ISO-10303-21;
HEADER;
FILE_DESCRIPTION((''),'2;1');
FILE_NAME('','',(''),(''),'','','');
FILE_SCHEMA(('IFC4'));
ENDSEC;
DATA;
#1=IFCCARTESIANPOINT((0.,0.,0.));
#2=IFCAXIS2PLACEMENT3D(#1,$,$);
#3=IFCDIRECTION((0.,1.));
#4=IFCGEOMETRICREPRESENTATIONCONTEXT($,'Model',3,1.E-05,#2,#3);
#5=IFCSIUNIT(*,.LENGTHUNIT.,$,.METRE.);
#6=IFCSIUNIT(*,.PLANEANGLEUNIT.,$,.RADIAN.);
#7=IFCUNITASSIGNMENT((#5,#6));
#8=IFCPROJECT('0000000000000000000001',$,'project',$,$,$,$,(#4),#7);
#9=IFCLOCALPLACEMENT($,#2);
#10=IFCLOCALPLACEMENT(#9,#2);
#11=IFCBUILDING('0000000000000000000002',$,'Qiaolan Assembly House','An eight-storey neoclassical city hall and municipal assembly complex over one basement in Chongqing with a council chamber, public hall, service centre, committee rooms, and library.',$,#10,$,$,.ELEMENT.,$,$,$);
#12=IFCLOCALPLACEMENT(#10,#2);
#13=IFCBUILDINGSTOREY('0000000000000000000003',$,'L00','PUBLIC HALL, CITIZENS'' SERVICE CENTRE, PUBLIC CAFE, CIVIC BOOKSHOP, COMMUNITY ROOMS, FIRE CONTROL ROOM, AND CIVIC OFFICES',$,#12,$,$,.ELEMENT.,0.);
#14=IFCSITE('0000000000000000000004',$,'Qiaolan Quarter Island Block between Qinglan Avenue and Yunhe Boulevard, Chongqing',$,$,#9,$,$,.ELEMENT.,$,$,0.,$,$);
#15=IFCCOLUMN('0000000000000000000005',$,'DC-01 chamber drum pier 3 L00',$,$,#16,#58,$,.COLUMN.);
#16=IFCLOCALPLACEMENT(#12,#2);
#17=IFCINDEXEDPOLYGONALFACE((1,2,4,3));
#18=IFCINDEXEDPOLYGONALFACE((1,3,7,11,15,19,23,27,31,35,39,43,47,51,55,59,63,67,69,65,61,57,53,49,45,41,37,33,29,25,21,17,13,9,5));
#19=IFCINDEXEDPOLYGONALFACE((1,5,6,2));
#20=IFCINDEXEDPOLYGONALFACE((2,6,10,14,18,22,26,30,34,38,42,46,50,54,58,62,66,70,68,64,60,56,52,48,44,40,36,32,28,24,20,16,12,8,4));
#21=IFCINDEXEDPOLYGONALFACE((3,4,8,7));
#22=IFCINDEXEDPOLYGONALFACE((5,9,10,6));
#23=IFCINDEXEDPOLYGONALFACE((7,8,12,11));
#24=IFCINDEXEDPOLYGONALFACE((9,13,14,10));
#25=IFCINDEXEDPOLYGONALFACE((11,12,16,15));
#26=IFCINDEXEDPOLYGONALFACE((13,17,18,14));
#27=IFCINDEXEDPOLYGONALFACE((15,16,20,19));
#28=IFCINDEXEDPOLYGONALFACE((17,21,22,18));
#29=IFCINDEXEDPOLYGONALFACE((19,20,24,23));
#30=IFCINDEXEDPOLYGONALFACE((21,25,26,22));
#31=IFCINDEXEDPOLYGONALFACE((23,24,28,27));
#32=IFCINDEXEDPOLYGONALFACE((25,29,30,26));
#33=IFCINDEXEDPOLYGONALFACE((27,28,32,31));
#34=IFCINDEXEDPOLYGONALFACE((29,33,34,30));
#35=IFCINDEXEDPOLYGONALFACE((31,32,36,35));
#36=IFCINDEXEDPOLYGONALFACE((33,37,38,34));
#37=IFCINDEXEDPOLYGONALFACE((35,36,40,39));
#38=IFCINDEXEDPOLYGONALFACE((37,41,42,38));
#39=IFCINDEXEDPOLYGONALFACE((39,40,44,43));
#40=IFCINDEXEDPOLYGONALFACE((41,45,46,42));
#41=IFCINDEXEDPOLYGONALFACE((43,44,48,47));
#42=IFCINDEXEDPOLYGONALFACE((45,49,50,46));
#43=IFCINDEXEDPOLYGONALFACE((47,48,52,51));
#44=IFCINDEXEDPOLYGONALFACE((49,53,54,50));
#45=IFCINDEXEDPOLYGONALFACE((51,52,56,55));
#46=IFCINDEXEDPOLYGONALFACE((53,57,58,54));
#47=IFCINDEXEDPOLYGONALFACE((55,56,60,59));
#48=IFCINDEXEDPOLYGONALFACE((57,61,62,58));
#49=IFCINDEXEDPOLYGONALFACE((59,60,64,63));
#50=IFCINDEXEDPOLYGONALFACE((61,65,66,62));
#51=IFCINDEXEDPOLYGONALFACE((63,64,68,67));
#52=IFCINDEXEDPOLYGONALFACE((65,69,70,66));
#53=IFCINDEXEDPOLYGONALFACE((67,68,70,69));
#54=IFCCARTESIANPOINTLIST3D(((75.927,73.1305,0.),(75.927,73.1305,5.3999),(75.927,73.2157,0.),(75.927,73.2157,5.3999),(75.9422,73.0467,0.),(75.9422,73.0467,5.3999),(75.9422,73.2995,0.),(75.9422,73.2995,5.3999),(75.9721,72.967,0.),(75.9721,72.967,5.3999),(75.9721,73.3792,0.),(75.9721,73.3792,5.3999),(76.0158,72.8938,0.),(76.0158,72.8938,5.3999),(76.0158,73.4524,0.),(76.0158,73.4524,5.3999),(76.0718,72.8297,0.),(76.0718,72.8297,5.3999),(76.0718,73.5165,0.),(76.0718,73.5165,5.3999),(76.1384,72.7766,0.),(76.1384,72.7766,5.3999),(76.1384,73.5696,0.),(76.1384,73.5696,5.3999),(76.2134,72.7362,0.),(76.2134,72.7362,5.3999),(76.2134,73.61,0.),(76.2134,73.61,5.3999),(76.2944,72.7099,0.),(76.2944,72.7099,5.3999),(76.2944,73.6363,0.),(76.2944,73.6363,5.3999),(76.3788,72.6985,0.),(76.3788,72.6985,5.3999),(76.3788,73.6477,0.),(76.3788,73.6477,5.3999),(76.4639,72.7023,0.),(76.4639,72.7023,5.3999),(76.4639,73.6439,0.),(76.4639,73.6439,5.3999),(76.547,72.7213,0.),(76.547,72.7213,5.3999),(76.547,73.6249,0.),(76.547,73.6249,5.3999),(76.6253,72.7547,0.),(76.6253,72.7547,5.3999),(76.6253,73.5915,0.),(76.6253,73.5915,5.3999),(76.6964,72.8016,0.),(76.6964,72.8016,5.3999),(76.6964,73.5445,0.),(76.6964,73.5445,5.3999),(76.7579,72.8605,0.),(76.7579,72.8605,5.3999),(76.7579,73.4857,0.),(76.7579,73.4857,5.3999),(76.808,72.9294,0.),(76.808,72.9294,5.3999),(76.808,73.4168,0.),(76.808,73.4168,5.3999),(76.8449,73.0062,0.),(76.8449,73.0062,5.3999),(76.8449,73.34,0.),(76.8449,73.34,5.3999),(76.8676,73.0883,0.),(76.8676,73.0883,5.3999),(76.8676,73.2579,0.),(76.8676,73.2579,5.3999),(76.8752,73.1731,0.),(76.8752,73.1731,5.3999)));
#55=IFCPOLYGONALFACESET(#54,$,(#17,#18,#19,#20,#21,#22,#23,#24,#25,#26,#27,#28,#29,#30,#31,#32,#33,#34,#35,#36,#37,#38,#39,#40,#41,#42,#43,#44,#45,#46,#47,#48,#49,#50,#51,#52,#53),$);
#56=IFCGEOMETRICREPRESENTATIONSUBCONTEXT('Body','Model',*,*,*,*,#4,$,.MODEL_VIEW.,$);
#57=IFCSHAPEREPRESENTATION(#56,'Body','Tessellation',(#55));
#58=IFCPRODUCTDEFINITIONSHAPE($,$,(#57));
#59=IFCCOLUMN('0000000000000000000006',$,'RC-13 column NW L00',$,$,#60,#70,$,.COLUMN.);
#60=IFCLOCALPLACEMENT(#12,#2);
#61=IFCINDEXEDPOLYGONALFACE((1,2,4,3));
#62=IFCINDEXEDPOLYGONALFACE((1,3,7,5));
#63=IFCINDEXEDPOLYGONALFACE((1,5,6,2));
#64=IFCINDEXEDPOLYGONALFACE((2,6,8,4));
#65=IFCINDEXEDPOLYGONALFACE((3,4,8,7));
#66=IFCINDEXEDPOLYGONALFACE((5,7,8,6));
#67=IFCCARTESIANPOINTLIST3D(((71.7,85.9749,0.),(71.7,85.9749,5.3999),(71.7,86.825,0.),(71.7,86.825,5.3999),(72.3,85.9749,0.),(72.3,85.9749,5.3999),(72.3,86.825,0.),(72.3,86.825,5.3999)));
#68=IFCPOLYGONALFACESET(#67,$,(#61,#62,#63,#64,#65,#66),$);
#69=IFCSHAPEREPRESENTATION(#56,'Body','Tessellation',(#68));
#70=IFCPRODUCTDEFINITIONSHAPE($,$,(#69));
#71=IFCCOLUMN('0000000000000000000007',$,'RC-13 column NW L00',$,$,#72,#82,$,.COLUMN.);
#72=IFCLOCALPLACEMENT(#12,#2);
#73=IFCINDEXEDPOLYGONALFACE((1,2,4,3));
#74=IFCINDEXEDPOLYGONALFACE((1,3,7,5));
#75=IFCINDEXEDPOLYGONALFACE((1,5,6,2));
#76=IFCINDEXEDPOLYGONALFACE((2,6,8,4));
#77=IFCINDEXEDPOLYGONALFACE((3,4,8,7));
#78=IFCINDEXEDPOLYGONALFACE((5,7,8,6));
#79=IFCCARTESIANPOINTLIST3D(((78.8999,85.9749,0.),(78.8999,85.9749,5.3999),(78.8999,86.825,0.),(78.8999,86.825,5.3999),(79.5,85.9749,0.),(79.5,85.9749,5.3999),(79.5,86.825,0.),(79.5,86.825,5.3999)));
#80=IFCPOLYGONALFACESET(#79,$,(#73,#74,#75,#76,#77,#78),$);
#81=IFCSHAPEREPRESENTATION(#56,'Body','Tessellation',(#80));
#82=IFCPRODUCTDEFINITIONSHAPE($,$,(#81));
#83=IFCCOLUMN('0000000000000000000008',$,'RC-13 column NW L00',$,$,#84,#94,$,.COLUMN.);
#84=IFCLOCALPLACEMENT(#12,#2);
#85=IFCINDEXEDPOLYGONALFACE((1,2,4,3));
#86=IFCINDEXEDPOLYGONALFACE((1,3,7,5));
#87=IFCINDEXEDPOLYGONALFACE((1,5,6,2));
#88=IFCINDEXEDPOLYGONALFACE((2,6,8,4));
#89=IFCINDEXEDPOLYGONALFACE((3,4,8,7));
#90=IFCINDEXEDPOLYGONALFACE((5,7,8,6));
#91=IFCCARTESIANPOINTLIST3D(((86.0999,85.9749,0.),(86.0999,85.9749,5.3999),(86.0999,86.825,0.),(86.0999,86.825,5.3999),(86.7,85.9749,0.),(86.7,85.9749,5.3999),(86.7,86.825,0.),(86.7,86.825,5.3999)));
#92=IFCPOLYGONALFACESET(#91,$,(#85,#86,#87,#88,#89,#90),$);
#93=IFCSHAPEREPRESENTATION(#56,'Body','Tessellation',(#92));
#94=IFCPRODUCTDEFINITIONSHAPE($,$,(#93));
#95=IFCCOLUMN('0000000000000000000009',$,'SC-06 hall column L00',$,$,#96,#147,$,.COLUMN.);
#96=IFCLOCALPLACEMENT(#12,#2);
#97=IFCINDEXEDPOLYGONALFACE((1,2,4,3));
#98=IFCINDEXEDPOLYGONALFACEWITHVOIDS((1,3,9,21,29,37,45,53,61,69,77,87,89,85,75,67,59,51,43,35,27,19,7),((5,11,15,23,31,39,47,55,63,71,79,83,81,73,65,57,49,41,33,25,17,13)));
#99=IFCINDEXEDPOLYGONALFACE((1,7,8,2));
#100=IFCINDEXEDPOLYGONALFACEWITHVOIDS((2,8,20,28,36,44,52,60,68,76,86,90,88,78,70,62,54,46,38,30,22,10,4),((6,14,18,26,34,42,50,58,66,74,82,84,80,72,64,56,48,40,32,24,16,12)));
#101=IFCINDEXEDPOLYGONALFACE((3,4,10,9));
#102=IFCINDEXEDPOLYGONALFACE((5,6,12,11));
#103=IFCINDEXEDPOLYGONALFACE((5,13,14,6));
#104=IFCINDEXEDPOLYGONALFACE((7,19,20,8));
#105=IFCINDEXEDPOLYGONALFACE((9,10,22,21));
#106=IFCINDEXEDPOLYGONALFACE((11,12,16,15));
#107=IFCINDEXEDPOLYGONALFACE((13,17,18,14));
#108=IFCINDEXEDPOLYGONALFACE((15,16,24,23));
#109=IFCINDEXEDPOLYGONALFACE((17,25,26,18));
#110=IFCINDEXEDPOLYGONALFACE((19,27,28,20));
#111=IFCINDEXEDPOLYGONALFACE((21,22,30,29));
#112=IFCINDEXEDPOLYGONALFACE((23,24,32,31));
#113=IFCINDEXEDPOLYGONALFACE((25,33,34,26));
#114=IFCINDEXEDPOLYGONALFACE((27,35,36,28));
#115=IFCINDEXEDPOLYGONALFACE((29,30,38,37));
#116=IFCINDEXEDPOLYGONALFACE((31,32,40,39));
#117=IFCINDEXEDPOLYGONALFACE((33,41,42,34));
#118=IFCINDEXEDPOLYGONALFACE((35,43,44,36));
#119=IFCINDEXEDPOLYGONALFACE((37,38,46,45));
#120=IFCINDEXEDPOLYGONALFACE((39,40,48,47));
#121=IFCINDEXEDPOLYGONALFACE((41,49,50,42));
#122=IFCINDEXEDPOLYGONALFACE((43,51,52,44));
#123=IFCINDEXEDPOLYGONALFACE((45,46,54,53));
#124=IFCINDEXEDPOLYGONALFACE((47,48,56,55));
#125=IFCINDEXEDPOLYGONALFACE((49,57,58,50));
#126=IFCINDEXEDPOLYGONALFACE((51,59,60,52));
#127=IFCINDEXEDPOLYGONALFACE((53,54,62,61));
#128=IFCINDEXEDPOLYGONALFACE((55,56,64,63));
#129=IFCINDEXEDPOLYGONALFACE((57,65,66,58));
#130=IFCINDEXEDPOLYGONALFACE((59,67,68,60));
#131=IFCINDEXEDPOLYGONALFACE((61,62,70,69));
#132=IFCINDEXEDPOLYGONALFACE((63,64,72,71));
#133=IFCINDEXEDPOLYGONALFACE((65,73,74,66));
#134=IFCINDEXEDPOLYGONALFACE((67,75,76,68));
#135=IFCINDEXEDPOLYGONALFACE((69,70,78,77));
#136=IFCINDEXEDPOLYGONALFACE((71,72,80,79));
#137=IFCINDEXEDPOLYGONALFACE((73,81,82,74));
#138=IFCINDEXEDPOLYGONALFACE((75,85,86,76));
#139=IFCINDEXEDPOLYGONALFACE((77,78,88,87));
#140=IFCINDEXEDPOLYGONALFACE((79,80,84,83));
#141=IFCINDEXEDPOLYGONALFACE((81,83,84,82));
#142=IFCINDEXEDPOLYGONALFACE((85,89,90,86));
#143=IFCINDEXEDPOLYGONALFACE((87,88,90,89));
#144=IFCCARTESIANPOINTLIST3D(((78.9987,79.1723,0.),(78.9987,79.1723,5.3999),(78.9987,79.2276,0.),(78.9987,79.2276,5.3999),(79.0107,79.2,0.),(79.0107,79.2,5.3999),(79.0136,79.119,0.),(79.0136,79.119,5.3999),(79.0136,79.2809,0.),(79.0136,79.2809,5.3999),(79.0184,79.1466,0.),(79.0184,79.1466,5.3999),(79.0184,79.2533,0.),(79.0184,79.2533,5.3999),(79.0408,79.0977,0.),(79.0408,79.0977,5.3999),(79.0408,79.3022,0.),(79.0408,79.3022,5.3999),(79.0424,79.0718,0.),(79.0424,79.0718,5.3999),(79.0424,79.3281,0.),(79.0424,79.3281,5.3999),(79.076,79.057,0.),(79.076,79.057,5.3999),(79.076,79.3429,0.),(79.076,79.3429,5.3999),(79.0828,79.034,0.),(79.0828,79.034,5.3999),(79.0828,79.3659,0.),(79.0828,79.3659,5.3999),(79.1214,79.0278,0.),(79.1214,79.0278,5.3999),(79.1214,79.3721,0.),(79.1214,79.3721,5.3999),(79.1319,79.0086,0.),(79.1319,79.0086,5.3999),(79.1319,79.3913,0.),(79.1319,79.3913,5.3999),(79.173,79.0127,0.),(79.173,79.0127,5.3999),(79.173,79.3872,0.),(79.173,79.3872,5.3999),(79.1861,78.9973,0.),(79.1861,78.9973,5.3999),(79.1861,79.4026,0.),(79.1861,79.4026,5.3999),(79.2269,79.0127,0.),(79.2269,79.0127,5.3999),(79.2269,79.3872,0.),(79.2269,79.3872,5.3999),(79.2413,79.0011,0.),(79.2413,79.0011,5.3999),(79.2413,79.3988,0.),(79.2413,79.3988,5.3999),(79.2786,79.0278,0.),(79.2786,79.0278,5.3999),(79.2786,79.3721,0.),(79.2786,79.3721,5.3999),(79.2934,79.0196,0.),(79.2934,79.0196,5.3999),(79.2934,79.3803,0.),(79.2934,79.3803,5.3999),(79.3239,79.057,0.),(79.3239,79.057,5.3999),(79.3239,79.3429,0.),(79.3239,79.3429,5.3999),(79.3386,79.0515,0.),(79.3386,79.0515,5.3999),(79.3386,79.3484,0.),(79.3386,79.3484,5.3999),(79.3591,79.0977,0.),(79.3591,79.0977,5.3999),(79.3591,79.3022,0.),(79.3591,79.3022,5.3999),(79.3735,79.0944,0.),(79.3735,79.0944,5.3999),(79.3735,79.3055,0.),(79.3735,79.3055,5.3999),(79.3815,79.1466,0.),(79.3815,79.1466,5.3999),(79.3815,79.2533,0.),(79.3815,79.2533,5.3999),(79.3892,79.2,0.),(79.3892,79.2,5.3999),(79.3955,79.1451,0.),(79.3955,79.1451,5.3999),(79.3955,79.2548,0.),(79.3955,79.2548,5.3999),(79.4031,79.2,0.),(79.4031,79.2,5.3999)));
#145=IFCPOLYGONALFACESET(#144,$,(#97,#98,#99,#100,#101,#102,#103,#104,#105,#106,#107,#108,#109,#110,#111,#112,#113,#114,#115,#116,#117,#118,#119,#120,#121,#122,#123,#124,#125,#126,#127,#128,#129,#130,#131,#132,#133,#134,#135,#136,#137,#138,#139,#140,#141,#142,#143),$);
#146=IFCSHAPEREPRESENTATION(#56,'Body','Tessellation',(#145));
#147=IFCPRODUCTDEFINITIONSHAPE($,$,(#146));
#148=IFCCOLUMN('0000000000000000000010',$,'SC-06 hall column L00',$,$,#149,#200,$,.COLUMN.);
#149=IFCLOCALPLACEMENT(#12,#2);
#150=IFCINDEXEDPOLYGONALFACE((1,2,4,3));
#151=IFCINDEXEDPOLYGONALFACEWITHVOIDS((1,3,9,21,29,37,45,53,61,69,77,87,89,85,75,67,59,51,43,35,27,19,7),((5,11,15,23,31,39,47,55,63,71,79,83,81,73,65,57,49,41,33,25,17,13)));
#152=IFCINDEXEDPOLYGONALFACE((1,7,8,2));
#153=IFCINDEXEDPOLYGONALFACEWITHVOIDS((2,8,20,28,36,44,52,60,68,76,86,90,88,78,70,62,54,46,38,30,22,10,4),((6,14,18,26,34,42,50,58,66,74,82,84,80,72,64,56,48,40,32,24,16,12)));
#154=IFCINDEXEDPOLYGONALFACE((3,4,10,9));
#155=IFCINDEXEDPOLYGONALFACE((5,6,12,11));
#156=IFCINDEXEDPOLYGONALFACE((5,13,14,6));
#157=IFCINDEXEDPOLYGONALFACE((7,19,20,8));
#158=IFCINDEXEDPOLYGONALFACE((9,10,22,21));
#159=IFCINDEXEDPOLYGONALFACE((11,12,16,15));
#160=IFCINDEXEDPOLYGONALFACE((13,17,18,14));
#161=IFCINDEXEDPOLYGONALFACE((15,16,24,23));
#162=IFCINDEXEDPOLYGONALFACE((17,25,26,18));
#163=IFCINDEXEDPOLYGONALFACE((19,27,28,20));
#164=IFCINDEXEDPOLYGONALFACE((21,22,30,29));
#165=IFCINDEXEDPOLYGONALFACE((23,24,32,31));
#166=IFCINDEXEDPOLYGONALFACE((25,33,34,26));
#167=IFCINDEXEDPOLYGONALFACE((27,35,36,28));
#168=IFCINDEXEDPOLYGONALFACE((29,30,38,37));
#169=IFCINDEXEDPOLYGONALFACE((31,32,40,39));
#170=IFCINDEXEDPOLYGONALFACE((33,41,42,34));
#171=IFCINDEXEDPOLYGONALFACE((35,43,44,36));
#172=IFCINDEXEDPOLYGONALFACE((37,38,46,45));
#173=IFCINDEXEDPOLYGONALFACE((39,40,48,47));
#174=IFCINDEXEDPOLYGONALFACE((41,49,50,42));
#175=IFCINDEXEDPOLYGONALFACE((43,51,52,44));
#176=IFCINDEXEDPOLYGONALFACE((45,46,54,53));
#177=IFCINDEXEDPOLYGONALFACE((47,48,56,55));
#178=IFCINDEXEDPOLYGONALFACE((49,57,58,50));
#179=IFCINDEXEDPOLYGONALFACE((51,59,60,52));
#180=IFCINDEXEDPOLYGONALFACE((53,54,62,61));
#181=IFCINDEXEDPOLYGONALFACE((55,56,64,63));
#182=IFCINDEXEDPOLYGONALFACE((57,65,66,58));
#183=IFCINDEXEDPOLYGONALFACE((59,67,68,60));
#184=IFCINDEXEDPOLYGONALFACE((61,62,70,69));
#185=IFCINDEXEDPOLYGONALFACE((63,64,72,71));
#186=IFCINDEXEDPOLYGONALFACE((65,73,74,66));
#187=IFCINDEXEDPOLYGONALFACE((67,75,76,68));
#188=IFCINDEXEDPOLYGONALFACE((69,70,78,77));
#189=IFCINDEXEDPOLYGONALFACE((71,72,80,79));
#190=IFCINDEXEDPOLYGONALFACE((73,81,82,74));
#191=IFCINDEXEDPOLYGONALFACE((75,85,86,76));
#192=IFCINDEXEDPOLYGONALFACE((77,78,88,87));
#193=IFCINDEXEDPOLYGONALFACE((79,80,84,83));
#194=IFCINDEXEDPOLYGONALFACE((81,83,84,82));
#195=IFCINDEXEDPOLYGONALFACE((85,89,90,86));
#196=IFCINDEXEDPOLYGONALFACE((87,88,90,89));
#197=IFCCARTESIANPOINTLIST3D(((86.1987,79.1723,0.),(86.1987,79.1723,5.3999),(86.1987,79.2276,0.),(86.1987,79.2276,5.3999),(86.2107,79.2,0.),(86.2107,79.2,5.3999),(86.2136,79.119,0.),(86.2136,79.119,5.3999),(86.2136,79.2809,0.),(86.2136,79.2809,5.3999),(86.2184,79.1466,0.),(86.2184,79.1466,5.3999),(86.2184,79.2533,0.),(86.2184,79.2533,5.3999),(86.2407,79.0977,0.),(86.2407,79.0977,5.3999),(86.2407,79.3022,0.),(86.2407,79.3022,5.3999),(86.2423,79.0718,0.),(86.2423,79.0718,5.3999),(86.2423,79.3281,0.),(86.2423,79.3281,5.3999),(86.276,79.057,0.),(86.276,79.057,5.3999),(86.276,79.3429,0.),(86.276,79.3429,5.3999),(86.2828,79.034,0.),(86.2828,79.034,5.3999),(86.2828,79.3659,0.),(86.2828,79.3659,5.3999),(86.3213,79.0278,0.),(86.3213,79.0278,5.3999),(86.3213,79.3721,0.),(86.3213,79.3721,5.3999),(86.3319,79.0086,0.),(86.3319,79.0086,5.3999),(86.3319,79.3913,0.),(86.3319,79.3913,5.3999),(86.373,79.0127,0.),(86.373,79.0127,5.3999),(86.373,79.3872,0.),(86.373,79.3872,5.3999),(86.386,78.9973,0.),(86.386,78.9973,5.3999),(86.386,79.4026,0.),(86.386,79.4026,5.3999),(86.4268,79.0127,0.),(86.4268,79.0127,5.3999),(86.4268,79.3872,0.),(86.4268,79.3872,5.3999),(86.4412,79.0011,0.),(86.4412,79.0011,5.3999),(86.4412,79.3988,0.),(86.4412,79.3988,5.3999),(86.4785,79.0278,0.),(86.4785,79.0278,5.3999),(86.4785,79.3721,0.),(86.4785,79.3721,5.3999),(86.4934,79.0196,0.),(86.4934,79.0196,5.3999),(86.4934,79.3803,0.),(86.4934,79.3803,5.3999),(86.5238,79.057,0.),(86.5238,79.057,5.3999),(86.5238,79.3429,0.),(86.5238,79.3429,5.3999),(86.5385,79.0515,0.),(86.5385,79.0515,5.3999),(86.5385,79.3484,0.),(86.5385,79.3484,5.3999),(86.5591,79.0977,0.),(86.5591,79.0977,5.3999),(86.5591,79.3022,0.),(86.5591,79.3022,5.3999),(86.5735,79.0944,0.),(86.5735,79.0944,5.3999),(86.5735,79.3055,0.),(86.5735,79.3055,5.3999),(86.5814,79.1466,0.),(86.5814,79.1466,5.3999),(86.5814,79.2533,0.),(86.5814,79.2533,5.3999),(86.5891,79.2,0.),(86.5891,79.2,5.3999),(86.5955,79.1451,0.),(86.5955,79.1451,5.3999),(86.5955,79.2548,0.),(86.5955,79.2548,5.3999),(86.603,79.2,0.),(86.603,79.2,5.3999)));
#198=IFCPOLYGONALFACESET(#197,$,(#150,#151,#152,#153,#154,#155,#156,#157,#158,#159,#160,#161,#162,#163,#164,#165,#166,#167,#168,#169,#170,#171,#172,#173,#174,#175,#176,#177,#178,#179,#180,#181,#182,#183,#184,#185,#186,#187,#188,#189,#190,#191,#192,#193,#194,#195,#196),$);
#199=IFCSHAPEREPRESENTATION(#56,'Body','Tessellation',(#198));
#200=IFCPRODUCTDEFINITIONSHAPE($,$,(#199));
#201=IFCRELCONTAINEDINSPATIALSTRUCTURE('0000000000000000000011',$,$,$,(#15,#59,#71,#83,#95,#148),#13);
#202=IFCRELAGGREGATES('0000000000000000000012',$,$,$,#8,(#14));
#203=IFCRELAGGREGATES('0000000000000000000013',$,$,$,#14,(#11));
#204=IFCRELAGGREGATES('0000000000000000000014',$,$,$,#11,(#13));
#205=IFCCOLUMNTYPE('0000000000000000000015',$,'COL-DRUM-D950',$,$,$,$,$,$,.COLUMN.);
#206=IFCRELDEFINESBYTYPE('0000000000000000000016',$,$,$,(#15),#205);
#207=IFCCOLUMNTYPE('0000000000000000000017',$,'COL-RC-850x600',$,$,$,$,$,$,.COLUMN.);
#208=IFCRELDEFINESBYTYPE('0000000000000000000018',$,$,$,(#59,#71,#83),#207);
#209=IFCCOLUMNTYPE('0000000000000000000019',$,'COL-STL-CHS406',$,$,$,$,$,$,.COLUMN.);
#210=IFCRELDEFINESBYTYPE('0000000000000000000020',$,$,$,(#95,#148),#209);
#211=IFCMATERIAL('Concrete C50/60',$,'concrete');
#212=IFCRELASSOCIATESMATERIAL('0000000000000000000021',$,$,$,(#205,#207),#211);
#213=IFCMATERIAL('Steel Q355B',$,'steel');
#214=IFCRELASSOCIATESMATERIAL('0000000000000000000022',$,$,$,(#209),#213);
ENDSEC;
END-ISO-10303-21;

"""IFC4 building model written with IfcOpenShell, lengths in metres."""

from ifc_helpers import new_model, si_unit, direction, frame, origin, origin_2d, place, context, subcontext, project, spatial, rectangle, circle, hollow_circle, extrude, material, material_profile, profile_set, type_object, element, save


model = new_model("IFC4")

# Units and contexts
model_context = context("Model", 3, precision=1e-05, world=origin(), true_north=direction((0.0, 1.0)))
body_context = subcontext(model_context, "Body", "Model", "MODEL_VIEW")
ifc_project = project(units=[si_unit("LENGTHUNIT", "METRE"), si_unit("PLANEANGLEUNIT", "RADIAN")], contexts=[model_context])

# Site, building, storey
site_placement = place(None, origin())
site = spatial("IfcSite", under=ifc_project, at=site_placement, Name="Qiaolan Quarter Island Block between Qinglan Avenue and Yunhe Boulevard, Chongqing", CompositionType="ELEMENT", RefElevation=0.0)
building_placement = place(site_placement, origin())
building = spatial("IfcBuilding", under=site, at=building_placement, Name="Qiaolan Assembly House", Description="An eight-storey neoclassical city hall and municipal assembly complex over one basement in Chongqing with a council chamber, public hall, service centre, committee rooms, and library.", CompositionType="ELEMENT")
storey_placement = place(building_placement, origin())
storey = spatial("IfcBuildingStorey", under=building, at=storey_placement, Name="L00", Description="PUBLIC HALL, CITIZENS' SERVICE CENTRE, PUBLIC CAFE, CIVIC BOOKSHOP, COMMUNITY ROOMS, FIRE CONTROL ROOM, AND CIVIC OFFICES", CompositionType="ELEMENT", Elevation=0.0)

# Columns
ifc_material_1 = material(Name="Concrete C50/60", Category="concrete")
ifc_material_profile_1 = material_profile(ifc_material_1, circle(Radius=0.4751, at=origin_2d()), Name="CIRC D950")
ifc_profile_set_1 = profile_set([ifc_material_profile_1], Name="Concrete C50/60")
column_type_1 = type_object("IfcColumnType", Name="COL-DRUM-D950", PredefinedType="COLUMN", material=ifc_profile_set_1)
column_placement = place(storey_placement, frame((76.4001, 73.1731, 0.0), z_axis=(0.0, 0.0, 1.0), x_axis=(1.0, 0.0, 0.0)))
element("IfcColumn", 1, at=column_placement, inside=storey, type_object=column_type_1, Name="DC-01 chamber drum pier 3 L00", PredefinedType="COLUMN", context=body_context, shape_type="SweptSolid", body=[
    extrude(circle(Radius=0.4751, at=origin_2d()), origin(), (0.0, 0.0, 1.0), 5.3999),
])
ifc_material_profile_2 = material_profile(ifc_material_1, rectangle(XDim=0.6001, YDim=0.8501, at=origin_2d()), Name="RC 850x600")
ifc_profile_set_2 = profile_set([ifc_material_profile_2], Name="Concrete C50/60")
column_type_2 = type_object("IfcColumnType", Name="COL-RC-850x600", PredefinedType="COLUMN", material=ifc_profile_set_2)
for number, where, z_axis, x_axis, name in (
    (2, (72.0, 86.3999, 0.0), (0.0, 0.0, 1.0), (1.0, 0.0, 0.0), "RC-13 column NW L00"),
    (3, (79.2, 86.3999, 0.0), (0.0, 0.0, 1.0), (1.0, 0.0, 0.0), "RC-13 column NW L00"),
    (4, (86.3999, 86.3999, 0.0), (0.0, 0.0, 1.0), (1.0, 0.0, 0.0), "RC-13 column NW L00"),
):
    element("IfcColumn", number, at=place(storey_placement, frame(where, z_axis=z_axis, x_axis=x_axis)), inside=storey, type_object=column_type_2, Name=name, PredefinedType="COLUMN", context=body_context, shape_type="SweptSolid", body=[
        extrude(rectangle(XDim=0.6001, YDim=0.8501, at=origin_2d()), origin(), (0.0, 0.0, 1.0), 5.3999),
    ])
ifc_material_2 = material(Name="Steel Q355B", Category="steel")
ifc_material_profile_3 = material_profile(ifc_material_2, hollow_circle(Radius=0.2031, WallThickness=0.0139, at=origin_2d()), Name="CHS 406.4x14")
ifc_profile_set_3 = profile_set([ifc_material_profile_3], Name="Steel Q355B")
column_type_3 = type_object("IfcColumnType", Name="COL-STL-CHS406", PredefinedType="COLUMN", material=ifc_profile_set_3)
for number, where, z_axis, x_axis, name in (
    (5, (79.2, 79.2, 0.0), (0.0, 0.0, 1.0), (1.0, 0.0, 0.0), "SC-06 hall column L00"),
    (6, (86.3999, 79.2, 0.0), (0.0, 0.0, 1.0), (1.0, 0.0, 0.0), "SC-06 hall column L00"),
):
    element("IfcColumn", number, at=place(storey_placement, frame(where, z_axis=z_axis, x_axis=x_axis)), inside=storey, type_object=column_type_3, Name=name, PredefinedType="COLUMN", context=body_context, shape_type="SweptSolid", body=[
        extrude(hollow_circle(Radius=0.2031, WallThickness=0.0139, at=origin_2d()), origin(), (0.0, 0.0, 1.0), 5.3999),
    ])

save(model, "model.ifc")
